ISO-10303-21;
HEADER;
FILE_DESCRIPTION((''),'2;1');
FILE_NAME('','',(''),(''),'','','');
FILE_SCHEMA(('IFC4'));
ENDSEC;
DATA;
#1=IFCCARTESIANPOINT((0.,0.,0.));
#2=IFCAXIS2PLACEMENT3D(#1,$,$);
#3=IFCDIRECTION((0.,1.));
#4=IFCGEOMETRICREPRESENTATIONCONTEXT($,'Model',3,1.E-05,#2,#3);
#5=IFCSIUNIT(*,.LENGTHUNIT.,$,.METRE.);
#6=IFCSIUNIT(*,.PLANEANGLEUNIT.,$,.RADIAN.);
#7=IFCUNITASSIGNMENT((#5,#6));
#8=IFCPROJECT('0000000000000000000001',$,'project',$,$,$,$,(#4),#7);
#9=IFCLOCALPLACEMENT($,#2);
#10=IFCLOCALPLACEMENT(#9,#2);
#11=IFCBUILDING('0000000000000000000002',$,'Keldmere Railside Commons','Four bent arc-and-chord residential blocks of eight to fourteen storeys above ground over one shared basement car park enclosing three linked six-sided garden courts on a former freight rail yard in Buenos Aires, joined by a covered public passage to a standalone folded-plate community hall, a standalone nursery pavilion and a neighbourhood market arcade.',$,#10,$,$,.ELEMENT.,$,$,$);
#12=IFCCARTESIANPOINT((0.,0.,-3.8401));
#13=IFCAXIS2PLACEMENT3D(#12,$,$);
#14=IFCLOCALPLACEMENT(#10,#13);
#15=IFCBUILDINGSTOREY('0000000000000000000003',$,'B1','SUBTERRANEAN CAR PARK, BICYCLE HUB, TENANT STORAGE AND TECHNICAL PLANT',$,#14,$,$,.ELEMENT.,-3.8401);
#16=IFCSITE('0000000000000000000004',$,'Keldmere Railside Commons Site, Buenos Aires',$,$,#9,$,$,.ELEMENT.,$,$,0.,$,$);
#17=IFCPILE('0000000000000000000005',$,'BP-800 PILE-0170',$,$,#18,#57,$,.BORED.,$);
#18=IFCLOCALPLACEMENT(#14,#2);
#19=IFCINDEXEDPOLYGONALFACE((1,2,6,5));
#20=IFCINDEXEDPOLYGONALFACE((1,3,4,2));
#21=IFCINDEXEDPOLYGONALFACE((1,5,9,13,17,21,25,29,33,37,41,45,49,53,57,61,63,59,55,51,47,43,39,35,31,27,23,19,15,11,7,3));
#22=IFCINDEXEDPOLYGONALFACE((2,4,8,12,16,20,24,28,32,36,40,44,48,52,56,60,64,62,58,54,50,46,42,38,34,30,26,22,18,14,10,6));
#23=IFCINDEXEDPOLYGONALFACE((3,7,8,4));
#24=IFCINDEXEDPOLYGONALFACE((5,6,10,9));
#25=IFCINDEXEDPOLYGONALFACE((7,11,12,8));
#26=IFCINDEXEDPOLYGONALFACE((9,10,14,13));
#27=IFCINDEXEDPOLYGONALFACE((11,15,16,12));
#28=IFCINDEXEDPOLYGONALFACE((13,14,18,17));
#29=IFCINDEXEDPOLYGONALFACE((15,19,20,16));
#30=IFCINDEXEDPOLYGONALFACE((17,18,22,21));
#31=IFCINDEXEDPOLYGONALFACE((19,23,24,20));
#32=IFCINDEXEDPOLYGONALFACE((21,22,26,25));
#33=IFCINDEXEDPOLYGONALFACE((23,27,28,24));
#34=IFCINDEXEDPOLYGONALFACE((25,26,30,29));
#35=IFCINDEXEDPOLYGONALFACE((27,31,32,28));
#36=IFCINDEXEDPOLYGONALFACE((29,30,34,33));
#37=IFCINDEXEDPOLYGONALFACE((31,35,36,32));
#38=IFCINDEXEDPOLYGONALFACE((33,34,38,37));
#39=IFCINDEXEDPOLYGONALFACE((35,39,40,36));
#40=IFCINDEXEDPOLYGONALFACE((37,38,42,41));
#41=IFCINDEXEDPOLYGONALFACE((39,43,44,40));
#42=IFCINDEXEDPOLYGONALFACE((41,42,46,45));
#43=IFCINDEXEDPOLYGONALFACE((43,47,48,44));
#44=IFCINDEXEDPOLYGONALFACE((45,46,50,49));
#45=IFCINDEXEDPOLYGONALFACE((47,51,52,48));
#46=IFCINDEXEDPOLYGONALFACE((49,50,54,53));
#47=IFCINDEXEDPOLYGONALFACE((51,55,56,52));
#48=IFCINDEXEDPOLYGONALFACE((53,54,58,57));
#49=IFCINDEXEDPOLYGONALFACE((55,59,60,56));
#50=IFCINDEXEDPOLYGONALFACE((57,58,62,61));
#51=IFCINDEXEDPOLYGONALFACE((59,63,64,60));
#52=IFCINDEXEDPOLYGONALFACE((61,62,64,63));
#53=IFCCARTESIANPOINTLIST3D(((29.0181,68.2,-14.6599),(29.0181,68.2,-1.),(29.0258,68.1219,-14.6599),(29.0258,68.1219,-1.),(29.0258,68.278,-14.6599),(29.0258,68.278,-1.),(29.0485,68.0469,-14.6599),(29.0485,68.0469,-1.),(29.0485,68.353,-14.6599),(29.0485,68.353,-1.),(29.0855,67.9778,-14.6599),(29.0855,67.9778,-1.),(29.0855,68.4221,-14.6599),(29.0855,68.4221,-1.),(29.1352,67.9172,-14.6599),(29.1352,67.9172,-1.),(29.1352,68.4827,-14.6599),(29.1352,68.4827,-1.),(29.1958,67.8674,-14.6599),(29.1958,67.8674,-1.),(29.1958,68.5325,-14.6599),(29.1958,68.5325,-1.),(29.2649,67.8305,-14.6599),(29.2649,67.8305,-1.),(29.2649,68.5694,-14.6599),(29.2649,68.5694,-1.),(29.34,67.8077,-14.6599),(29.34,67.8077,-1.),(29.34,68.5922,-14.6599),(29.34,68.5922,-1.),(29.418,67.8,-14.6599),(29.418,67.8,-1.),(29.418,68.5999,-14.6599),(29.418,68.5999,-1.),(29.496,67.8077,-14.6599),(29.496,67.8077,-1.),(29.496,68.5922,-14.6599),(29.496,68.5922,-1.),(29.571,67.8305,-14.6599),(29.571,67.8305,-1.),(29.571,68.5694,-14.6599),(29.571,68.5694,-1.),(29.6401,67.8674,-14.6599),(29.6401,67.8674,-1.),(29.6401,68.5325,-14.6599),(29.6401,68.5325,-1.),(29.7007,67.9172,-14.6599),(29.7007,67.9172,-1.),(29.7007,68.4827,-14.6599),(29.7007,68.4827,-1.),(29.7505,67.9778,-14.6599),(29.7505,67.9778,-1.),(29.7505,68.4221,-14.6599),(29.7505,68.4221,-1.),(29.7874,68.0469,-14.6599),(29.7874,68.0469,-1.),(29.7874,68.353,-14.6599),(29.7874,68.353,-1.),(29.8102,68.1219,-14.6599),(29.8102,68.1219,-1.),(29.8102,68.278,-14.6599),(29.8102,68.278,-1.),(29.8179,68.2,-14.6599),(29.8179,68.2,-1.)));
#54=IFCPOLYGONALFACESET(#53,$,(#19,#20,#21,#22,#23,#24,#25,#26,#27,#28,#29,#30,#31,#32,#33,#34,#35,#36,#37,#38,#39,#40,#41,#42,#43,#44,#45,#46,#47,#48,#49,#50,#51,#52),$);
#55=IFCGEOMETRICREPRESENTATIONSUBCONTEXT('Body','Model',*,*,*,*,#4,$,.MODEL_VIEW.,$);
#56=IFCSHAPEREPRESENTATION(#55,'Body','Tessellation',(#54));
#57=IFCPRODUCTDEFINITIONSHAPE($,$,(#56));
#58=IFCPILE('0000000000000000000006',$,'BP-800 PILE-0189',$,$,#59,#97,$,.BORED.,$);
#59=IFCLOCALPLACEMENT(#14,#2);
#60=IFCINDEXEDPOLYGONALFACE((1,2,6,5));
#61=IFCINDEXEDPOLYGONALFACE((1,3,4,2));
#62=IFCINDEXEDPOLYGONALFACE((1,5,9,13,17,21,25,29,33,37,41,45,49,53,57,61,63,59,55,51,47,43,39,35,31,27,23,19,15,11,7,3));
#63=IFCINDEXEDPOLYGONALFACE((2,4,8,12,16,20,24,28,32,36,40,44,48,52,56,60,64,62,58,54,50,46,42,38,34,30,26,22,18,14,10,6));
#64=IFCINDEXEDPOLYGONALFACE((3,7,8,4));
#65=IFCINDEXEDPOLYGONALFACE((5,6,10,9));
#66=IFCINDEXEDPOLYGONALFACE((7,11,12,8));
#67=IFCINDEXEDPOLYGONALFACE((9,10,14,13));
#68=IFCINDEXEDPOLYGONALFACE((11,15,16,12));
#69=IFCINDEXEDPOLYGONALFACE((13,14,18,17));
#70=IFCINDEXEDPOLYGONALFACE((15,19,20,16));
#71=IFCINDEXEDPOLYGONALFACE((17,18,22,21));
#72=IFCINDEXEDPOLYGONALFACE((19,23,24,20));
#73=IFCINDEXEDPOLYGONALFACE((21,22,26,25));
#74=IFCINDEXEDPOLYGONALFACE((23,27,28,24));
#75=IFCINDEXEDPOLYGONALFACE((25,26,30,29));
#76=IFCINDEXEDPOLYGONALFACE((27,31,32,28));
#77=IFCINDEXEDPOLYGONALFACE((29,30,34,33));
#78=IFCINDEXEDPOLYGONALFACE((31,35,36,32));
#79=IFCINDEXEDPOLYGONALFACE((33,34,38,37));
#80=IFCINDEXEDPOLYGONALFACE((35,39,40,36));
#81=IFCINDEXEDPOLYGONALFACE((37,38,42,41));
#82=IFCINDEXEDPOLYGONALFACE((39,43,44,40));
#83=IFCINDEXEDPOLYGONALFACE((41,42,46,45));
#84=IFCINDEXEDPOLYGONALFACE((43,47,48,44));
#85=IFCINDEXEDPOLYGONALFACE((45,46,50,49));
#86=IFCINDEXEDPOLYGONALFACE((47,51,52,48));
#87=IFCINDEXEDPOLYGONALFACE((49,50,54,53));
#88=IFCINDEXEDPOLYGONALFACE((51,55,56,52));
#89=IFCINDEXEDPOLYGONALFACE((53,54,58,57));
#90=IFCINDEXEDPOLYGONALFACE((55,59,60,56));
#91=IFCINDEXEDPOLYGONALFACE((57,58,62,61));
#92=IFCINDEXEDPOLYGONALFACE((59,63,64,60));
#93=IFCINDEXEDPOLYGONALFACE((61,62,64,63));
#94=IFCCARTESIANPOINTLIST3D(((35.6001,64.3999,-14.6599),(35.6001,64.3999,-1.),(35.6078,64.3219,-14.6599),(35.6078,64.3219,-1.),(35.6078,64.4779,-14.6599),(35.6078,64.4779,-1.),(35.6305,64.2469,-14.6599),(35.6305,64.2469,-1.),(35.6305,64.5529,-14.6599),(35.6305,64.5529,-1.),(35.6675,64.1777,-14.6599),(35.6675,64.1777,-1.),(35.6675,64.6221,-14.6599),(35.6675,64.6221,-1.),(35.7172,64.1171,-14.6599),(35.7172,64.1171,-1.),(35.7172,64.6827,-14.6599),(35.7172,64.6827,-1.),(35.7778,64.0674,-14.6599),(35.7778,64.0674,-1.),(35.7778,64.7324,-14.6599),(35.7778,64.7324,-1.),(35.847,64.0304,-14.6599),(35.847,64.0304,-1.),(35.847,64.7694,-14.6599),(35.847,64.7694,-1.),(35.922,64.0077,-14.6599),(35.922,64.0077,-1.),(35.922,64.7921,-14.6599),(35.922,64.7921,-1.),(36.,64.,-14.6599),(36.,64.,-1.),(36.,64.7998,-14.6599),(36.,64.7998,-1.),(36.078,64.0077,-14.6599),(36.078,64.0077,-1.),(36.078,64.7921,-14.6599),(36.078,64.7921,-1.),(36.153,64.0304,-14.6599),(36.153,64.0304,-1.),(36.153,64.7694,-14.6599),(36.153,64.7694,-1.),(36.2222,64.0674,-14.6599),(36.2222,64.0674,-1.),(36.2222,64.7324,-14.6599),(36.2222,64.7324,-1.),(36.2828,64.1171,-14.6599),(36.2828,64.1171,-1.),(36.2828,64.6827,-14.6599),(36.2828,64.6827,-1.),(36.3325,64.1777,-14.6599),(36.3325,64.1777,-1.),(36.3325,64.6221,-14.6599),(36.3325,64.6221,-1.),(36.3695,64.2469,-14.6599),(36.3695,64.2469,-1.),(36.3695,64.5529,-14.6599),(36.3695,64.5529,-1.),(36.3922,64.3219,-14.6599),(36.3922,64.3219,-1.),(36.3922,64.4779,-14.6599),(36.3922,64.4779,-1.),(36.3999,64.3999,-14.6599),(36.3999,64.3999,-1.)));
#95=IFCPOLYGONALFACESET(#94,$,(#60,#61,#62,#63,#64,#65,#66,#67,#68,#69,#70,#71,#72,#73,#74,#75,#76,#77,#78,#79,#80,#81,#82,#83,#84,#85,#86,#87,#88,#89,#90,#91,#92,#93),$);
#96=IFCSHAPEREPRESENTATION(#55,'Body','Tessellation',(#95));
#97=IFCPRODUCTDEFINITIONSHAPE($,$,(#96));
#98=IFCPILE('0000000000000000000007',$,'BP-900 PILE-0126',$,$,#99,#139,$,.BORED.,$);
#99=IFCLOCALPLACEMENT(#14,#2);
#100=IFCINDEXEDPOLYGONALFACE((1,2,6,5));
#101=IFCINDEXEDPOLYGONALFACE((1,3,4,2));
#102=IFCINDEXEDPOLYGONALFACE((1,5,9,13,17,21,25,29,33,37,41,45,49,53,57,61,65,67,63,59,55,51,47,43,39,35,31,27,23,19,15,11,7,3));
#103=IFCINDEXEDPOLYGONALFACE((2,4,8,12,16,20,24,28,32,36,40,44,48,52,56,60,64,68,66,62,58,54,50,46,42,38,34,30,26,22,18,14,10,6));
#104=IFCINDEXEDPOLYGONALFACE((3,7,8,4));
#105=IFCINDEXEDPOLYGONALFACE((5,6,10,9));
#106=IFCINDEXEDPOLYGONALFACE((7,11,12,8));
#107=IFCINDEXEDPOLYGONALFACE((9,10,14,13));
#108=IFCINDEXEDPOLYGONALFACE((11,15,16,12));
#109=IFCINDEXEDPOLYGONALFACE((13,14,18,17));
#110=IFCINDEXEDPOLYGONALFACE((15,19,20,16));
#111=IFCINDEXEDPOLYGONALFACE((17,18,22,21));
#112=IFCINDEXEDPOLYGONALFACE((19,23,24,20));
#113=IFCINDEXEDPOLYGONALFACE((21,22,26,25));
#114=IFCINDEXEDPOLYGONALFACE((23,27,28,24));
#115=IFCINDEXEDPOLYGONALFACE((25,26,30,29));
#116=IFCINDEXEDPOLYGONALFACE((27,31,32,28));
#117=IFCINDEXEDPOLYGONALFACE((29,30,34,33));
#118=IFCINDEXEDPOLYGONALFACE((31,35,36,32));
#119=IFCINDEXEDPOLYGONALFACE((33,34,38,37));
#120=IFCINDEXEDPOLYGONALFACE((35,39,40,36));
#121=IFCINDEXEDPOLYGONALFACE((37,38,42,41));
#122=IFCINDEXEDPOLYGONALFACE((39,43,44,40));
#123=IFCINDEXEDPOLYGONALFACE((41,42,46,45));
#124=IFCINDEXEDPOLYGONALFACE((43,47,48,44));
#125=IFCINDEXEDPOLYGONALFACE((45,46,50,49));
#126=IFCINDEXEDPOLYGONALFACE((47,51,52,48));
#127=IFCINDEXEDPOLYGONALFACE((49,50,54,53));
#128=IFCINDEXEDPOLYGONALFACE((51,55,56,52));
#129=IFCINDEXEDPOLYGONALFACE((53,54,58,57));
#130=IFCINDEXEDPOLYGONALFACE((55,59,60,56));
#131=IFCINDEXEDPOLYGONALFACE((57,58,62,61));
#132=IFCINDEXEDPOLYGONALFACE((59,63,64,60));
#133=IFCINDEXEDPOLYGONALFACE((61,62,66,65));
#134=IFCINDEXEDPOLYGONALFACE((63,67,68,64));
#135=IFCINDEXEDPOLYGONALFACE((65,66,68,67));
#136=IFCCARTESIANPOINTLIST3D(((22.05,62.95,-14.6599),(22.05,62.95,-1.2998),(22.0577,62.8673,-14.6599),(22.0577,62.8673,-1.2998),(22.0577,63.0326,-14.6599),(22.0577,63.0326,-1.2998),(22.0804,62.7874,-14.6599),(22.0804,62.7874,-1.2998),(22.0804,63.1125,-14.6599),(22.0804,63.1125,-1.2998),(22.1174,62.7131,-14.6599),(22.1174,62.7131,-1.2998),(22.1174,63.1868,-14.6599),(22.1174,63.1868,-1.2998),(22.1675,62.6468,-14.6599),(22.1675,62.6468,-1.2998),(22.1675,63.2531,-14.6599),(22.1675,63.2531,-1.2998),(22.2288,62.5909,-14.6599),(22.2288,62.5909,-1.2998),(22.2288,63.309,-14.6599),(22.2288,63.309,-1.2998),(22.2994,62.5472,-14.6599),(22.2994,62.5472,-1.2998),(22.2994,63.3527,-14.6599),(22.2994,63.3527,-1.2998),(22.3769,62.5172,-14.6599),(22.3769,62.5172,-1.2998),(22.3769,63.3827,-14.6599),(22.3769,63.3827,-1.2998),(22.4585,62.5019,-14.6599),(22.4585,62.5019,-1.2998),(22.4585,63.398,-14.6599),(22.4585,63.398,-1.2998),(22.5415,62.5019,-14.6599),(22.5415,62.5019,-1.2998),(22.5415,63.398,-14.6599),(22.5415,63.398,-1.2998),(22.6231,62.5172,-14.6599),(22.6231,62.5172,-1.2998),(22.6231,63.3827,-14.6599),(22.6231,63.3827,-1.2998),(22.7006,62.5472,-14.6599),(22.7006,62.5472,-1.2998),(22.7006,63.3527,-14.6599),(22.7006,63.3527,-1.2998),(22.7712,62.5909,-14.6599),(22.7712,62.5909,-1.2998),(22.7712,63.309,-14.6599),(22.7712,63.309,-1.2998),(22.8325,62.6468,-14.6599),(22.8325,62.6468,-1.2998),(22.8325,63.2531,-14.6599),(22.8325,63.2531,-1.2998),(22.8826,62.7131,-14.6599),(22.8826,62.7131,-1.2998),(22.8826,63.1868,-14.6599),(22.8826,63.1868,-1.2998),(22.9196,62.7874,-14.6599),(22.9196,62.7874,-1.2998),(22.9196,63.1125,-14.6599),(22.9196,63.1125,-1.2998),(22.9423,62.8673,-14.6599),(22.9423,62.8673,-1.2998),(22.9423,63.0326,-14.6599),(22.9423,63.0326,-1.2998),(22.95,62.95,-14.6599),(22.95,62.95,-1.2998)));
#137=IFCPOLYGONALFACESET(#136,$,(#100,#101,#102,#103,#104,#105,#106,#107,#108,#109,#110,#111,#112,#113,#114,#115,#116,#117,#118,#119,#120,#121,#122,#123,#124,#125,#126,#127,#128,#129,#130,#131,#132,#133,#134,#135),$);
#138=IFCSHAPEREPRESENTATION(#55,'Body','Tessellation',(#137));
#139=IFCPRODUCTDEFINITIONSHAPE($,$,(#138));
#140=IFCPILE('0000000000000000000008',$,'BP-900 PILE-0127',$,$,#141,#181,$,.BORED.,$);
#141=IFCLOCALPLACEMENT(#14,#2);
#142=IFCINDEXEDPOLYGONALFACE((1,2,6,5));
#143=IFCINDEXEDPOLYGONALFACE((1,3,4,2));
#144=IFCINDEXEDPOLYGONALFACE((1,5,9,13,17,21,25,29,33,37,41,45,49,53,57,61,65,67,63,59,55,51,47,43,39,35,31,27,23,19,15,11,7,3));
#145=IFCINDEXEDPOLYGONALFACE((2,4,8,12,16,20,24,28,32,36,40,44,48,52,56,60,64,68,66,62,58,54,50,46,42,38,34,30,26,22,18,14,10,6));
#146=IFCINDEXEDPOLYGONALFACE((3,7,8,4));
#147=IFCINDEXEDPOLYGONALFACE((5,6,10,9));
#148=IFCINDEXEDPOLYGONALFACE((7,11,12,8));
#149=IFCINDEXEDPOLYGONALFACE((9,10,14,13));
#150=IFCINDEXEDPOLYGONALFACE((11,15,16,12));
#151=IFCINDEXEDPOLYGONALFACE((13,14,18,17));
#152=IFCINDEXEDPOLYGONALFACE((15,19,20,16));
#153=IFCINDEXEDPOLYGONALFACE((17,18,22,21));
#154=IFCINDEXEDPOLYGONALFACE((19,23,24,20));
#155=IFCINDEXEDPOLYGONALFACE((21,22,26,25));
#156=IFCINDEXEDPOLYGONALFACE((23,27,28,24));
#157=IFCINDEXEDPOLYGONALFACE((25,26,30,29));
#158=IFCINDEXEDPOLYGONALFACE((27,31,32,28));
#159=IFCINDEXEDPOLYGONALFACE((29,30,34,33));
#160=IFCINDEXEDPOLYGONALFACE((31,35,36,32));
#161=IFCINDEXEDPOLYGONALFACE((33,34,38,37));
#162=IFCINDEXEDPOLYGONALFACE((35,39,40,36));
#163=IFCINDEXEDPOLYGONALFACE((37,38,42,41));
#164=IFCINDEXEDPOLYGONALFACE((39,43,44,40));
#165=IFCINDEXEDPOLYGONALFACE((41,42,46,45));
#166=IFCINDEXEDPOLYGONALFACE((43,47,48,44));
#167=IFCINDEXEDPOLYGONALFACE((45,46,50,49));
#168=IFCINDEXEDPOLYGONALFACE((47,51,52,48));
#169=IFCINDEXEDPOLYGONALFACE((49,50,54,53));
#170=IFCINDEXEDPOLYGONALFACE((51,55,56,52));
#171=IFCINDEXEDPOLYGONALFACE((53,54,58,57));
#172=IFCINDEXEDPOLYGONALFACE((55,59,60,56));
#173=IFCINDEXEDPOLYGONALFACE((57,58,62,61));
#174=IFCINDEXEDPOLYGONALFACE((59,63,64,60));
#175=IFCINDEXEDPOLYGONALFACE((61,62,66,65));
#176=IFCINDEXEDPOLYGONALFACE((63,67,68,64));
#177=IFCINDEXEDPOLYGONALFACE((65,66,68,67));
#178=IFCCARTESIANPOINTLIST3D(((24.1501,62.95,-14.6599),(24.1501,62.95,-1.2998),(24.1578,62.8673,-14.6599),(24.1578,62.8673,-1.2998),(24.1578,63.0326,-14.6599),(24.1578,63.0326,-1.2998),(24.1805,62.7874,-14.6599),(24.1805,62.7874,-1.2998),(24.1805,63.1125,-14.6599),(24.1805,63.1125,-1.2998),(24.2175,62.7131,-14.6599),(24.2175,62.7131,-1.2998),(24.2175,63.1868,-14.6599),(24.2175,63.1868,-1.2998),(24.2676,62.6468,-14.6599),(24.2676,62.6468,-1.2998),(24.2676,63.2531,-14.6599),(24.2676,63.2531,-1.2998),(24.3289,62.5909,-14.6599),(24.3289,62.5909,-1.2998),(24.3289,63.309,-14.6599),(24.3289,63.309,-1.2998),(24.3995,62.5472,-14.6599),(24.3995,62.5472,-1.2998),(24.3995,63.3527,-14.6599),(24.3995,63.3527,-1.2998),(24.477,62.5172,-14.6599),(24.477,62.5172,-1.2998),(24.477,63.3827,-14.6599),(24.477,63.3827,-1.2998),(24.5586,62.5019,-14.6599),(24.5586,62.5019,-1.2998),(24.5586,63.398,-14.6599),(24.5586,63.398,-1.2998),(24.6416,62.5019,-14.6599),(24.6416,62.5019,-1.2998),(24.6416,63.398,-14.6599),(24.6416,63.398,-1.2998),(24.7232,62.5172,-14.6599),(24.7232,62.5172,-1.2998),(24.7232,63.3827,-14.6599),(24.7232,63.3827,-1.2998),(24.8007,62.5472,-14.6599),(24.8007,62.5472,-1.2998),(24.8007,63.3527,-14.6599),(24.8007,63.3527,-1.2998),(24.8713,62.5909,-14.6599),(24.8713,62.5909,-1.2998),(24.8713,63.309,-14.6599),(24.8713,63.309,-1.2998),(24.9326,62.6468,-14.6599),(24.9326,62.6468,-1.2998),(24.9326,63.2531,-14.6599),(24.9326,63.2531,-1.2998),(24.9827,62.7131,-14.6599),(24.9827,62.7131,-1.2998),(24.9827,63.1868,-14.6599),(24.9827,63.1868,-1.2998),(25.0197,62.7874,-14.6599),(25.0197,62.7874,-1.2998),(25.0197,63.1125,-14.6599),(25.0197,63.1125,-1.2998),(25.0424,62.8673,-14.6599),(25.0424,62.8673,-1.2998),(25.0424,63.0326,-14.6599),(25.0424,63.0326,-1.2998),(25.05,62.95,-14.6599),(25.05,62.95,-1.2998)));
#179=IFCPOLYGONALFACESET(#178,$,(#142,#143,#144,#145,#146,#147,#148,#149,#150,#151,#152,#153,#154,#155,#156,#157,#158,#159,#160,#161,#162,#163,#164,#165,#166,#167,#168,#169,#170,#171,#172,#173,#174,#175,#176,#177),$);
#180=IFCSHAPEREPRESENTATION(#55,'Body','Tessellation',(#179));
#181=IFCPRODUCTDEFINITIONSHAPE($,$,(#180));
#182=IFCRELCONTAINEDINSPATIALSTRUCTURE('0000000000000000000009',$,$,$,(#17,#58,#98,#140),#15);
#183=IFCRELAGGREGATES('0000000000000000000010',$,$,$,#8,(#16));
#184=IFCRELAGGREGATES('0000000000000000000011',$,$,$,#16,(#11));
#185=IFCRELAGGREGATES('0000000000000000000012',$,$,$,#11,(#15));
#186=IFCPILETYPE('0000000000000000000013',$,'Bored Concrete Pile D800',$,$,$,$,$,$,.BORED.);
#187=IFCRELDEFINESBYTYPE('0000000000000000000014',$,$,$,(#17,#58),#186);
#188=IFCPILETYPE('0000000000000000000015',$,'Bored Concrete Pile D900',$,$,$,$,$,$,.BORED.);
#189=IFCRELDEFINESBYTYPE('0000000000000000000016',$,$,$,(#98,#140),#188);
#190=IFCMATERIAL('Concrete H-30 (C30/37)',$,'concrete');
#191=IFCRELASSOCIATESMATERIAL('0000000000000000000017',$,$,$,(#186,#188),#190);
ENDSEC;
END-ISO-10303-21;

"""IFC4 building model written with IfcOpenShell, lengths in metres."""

from ifc_helpers import new_model, si_unit, direction, frame, origin, origin_2d, place, context, subcontext, project, spatial, circle, extrude, material, material_profile, profile_set, type_object, element, save


model = new_model("IFC4")

# Units and contexts
model_context = context("Model", 3, precision=1e-05, world=origin(), true_north=direction((0.0, 1.0)))
body_context = subcontext(model_context, "Body", "Model", "MODEL_VIEW")
ifc_project = project(units=[si_unit("LENGTHUNIT", "METRE"), si_unit("PLANEANGLEUNIT", "RADIAN")], contexts=[model_context])

# Site, building, storey
site_placement = place(None, origin())
site = spatial("IfcSite", under=ifc_project, at=site_placement, Name="Keldmere Railside Commons Site, Buenos Aires", CompositionType="ELEMENT", RefElevation=0.0)
building_placement = place(site_placement, origin())
building = spatial("IfcBuilding", under=site, at=building_placement, Name="Keldmere Railside Commons", Description="Four bent arc-and-chord residential blocks of eight to fourteen storeys above ground over one shared basement car park enclosing three linked six-sided garden courts on a former freight rail yard in Buenos Aires, joined by a covered public passage to a standalone folded-plate community hall, a standalone nursery pavilion and a neighbourhood market arcade.", CompositionType="ELEMENT")
storey_placement = place(building_placement, frame((0.0, 0.0, -3.8401)))
storey = spatial("IfcBuildingStorey", under=building, at=storey_placement, Name="B1", Description="SUBTERRANEAN CAR PARK, BICYCLE HUB, TENANT STORAGE AND TECHNICAL PLANT", CompositionType="ELEMENT", Elevation=-3.8401)

# Piles
ifc_material_1 = material(Name="Concrete H-30 (C30/37)", Category="concrete")
ifc_material_profile_1 = material_profile(ifc_material_1, circle(Radius=0.3999, at=origin_2d()), Name="PILE-D800")
ifc_profile_set_1 = profile_set([ifc_material_profile_1], Name="Concrete H-30 (C30/37)")
pile_type_1 = type_object("IfcPileType", Name="Bored Concrete Pile D800", PredefinedType="BORED", material=ifc_profile_set_1)
for number, where, z_axis, x_axis, name in (
    (1, (29.418, 68.2, -1.0), (0.0, 0.0, -1.0), (1.0, 0.0, 0.0), "BP-800 PILE-0170"),
    (2, (36.0, 64.3999, -1.0), (0.0, 0.0, -1.0), (1.0, 0.0, 0.0), "BP-800 PILE-0189"),
):
    element("IfcPile", number, at=place(storey_placement, frame(where, z_axis=z_axis, x_axis=x_axis)), inside=storey, type_object=pile_type_1, Name=name, PredefinedType="BORED", context=body_context, shape_type="SweptSolid", body=[
        extrude(circle(Radius=0.3999, at=origin_2d()), origin(), (0.0, 0.0, 1.0), 13.6599),
    ])
ifc_material_profile_2 = material_profile(ifc_material_1, circle(Radius=0.45, at=origin_2d()), Name="PILE-D900")
ifc_profile_set_2 = profile_set([ifc_material_profile_2], Name="Concrete H-30 (C30/37)")
pile_type_2 = type_object("IfcPileType", Name="Bored Concrete Pile D900", PredefinedType="BORED", material=ifc_profile_set_2)
for number, where, z_axis, x_axis, name in (
    (3, (22.5, 62.95, -1.2998), (0.0, 0.0, -1.0), (1.0, 0.0, 0.0), "BP-900 PILE-0126"),
    (4, (24.6001, 62.95, -1.2998), (0.0, 0.0, -1.0), (1.0, 0.0, 0.0), "BP-900 PILE-0127"),
):
    element("IfcPile", number, at=place(storey_placement, frame(where, z_axis=z_axis, x_axis=x_axis)), inside=storey, type_object=pile_type_2, Name=name, PredefinedType="BORED", context=body_context, shape_type="SweptSolid", body=[
        extrude(circle(Radius=0.45, at=origin_2d()), origin(), (0.0, 0.0, 1.0), 13.3601),
    ])

save(model, "model.ifc")
